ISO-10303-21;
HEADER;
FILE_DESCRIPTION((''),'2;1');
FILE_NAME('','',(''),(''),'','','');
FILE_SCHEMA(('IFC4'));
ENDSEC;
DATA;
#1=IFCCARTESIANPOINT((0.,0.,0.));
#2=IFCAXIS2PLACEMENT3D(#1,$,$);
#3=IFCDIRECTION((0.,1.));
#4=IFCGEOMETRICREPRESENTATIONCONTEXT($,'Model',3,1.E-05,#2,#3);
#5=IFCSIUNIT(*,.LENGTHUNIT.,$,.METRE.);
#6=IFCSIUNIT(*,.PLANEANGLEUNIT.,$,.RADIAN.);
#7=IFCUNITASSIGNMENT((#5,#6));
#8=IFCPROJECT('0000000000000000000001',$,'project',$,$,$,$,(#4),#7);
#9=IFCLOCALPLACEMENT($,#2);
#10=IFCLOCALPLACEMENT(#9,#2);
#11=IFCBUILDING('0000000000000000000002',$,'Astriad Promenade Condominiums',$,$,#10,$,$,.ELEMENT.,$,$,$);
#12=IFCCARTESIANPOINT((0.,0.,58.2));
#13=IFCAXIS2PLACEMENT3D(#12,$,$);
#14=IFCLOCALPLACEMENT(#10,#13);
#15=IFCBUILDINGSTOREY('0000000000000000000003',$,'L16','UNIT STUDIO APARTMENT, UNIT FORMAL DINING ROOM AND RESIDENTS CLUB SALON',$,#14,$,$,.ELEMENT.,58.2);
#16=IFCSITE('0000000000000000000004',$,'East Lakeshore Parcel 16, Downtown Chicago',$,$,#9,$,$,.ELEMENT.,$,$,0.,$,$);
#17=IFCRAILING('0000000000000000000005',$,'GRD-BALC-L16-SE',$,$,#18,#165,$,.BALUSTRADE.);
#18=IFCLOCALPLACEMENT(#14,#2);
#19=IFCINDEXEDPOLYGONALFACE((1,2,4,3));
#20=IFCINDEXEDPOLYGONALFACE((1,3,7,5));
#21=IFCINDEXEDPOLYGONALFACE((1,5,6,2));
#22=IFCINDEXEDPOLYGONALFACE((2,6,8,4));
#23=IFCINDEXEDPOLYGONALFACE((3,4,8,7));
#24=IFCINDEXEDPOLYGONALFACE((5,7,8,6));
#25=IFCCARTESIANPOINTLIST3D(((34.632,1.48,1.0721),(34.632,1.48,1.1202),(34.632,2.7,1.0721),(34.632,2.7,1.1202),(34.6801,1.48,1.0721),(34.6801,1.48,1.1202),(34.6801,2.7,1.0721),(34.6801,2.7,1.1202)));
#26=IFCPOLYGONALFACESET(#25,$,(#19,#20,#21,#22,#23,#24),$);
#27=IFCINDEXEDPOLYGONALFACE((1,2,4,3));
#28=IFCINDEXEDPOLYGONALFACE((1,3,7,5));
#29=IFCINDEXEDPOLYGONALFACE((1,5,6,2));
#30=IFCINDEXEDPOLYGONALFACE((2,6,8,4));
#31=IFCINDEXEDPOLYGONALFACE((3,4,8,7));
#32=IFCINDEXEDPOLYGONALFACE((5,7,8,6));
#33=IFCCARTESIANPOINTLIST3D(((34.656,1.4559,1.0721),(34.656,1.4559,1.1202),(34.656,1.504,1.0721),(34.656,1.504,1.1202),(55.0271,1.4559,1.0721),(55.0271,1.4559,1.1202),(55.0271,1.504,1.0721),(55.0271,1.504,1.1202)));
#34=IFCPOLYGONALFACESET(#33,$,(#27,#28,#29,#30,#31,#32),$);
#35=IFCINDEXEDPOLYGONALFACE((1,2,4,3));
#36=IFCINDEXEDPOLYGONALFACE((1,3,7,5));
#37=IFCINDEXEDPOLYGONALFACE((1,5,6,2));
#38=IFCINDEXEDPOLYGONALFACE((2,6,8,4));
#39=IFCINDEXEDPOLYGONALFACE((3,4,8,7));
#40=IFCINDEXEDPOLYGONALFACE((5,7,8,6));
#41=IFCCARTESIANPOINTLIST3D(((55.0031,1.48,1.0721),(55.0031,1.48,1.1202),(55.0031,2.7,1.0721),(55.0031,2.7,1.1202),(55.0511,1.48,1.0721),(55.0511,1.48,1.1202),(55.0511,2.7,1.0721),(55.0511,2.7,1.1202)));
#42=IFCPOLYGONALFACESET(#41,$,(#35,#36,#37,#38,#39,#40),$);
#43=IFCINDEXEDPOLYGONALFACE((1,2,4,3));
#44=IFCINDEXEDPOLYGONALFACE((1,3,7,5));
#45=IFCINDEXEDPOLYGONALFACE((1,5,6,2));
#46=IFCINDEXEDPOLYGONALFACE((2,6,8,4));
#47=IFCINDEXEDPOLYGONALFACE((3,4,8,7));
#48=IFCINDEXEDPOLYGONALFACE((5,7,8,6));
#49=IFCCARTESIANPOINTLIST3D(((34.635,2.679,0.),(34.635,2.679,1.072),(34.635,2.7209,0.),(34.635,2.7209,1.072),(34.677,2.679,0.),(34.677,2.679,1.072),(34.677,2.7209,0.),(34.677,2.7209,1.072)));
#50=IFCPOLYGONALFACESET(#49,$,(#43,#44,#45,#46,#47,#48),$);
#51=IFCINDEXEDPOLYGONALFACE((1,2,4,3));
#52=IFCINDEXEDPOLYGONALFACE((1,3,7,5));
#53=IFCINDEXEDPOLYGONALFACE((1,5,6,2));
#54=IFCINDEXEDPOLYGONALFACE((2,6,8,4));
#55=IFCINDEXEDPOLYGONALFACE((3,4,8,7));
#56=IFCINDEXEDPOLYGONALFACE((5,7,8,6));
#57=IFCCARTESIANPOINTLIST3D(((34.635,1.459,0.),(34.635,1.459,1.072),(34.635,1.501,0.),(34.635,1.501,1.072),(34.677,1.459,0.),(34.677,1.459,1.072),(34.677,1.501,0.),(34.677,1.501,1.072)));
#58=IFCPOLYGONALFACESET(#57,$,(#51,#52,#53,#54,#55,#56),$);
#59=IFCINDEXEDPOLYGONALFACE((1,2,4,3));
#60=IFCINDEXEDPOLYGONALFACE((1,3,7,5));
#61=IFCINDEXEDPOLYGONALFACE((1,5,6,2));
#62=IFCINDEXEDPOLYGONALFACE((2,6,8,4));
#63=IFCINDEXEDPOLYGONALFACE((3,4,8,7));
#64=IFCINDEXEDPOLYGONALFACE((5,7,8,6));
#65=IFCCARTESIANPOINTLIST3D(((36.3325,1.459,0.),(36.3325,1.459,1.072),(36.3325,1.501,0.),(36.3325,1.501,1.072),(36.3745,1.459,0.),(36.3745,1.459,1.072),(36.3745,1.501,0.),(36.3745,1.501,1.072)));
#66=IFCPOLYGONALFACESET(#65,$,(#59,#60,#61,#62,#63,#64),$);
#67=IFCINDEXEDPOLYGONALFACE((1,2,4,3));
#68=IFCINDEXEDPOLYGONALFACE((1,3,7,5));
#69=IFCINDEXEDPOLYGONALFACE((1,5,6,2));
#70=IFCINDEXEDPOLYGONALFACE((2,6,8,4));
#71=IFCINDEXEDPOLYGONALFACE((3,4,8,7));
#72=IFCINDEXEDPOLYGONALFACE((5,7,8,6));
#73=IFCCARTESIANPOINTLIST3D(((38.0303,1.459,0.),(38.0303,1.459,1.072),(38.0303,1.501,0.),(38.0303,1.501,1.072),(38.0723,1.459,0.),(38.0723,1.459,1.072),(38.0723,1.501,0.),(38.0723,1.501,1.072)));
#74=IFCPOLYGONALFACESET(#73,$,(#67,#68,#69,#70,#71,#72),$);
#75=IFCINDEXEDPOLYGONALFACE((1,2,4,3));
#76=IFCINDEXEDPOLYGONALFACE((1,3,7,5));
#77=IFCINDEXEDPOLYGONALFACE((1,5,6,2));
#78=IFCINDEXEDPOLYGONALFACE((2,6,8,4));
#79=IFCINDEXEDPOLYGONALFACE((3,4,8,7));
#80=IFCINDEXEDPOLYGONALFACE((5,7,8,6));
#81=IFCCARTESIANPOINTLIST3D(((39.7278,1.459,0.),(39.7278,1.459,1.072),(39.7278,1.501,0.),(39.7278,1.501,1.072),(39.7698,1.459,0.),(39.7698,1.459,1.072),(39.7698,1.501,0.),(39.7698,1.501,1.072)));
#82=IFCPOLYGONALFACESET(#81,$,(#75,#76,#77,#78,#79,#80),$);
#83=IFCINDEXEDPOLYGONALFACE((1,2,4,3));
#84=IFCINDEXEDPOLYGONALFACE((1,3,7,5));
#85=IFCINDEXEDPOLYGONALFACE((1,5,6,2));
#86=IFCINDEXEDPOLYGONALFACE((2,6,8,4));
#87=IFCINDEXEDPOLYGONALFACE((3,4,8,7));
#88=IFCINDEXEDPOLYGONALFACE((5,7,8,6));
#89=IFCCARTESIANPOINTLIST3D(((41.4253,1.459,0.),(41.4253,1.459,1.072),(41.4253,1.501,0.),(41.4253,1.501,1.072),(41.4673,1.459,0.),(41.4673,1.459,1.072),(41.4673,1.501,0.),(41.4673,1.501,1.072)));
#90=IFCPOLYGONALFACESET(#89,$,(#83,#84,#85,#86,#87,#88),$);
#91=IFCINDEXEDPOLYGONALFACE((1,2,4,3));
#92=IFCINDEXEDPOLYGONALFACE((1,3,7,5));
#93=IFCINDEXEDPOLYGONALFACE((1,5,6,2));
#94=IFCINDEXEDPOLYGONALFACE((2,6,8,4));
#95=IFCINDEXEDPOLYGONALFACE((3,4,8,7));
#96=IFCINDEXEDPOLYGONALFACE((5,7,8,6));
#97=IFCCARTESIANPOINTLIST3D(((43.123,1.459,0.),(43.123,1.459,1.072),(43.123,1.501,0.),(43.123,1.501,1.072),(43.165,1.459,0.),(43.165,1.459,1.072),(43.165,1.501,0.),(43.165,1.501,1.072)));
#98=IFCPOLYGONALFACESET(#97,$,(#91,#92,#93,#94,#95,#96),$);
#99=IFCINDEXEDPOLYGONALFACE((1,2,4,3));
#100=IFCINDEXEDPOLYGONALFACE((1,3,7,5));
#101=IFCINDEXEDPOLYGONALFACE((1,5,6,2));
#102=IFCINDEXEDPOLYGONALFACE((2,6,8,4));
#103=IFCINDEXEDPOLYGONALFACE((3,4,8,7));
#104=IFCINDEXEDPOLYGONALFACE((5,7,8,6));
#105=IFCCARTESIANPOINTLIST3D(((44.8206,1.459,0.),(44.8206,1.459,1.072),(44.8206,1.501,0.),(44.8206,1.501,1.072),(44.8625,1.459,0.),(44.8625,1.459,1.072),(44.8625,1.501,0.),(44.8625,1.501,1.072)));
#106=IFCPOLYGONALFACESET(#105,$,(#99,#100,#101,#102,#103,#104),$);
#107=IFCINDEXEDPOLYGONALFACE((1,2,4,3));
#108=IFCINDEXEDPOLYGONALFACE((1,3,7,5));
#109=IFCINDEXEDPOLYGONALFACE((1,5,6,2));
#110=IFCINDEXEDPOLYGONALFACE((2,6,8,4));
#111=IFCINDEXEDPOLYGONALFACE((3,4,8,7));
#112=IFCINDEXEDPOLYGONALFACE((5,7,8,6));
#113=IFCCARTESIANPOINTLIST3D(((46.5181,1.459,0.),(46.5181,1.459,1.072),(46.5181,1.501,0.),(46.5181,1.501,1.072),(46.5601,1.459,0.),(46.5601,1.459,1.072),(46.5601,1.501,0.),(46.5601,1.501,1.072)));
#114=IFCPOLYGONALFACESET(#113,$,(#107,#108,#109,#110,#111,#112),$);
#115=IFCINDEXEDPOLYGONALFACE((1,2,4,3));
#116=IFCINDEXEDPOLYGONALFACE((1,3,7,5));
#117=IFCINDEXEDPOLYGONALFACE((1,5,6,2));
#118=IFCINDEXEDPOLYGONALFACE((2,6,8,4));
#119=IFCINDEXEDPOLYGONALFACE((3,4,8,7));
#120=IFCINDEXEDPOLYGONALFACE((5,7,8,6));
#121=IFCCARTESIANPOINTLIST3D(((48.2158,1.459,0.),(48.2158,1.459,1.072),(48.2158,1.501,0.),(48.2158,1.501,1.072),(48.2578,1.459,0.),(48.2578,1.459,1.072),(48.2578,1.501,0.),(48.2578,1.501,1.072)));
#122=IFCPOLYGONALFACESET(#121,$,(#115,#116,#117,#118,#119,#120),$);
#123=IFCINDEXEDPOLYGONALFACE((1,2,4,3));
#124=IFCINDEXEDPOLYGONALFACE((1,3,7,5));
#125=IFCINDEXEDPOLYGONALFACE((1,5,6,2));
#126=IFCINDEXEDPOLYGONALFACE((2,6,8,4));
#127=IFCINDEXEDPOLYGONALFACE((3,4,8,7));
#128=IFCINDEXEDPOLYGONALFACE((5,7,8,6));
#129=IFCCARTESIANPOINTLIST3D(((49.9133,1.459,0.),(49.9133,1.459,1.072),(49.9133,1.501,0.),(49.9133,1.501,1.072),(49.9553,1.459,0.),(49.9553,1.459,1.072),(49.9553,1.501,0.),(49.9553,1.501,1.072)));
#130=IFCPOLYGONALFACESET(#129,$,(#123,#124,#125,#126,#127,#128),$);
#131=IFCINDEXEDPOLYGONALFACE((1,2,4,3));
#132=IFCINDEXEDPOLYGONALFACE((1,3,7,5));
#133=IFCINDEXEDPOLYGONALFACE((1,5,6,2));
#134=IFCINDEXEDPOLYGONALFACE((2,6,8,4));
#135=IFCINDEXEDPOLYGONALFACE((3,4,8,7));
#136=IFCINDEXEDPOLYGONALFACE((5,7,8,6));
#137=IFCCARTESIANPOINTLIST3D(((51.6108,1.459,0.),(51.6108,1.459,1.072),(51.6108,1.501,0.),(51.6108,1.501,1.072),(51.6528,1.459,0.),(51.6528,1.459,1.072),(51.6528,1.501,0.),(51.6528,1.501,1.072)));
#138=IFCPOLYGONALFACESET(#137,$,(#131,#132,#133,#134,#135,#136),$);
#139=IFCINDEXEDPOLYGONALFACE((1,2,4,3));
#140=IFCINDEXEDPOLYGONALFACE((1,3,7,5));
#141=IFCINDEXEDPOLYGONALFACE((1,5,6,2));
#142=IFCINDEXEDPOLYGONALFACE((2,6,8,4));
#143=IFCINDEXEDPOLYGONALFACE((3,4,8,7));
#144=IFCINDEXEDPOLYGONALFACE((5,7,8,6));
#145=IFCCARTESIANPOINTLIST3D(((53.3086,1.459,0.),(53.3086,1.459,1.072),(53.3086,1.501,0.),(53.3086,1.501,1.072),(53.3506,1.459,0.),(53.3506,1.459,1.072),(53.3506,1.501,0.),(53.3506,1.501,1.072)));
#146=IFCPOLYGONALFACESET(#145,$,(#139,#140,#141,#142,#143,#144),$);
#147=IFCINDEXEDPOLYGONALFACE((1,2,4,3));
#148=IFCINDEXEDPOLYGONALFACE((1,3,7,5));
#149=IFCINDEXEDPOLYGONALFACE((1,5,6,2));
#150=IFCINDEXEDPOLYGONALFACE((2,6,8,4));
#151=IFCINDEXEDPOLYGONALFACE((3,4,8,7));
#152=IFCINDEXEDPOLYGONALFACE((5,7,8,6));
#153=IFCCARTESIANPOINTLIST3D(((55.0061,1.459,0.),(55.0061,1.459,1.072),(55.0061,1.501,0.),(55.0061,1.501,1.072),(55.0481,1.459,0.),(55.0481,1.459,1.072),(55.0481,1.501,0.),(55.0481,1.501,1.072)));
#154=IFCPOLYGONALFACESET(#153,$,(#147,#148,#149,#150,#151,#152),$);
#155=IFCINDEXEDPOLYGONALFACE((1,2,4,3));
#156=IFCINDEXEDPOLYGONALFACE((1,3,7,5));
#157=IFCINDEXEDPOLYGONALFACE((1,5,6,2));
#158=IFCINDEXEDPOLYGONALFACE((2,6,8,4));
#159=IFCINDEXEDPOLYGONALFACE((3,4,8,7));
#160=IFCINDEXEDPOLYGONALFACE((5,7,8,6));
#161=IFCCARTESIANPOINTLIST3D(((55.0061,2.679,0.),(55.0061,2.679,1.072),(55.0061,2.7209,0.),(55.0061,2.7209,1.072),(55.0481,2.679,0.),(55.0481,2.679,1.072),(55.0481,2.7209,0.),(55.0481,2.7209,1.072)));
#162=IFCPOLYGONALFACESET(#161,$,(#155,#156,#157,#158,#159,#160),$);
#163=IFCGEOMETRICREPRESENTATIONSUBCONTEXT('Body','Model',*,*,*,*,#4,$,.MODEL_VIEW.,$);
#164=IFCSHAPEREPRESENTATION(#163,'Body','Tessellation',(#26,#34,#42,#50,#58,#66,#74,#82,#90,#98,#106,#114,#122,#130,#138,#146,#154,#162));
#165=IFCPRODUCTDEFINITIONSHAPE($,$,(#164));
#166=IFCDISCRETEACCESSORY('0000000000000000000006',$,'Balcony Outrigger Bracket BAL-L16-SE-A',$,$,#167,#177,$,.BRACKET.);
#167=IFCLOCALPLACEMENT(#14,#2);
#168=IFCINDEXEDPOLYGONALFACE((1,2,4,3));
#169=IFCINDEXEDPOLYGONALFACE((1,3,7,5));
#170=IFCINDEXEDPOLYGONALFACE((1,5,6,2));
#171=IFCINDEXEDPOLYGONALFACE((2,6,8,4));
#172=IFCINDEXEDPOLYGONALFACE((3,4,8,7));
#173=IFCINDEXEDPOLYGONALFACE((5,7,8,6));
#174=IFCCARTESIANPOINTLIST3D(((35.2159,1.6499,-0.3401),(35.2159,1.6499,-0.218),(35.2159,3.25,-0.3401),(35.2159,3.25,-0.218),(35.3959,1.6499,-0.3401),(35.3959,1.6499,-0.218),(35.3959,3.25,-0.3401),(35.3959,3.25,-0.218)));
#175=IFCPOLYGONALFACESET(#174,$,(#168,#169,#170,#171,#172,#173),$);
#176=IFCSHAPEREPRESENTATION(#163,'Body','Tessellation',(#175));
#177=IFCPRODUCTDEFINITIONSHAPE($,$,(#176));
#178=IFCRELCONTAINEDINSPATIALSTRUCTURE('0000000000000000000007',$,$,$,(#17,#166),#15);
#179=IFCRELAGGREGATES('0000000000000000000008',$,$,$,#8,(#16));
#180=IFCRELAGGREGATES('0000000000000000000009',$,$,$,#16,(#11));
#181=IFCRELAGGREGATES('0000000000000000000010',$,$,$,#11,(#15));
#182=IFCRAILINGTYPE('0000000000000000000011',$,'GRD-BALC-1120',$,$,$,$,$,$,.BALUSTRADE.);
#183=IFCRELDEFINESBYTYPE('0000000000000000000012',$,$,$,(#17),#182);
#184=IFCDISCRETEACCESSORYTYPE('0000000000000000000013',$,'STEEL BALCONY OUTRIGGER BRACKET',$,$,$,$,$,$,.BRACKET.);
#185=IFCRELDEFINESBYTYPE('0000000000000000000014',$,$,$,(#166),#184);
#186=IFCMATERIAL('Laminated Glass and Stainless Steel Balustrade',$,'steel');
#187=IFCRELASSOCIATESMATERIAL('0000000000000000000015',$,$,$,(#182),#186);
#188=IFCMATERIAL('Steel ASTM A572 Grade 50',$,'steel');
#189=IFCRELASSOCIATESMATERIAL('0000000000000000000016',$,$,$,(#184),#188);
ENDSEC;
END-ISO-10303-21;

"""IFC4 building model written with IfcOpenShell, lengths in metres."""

from ifc_helpers import new_model, si_unit, direction, frame, origin, origin_2d, place, context, subcontext, project, spatial, rectangle, extrude, source, transform, mapped, material, type_object, type_shapes, element, save


model = new_model("IFC4")

# Units and contexts
model_context = context("Model", 3, precision=1e-05, world=origin(), true_north=direction((0.0, 1.0)))
body_context = subcontext(model_context, "Body", "Model", "MODEL_VIEW")
ifc_project = project(units=[si_unit("LENGTHUNIT", "METRE"), si_unit("PLANEANGLEUNIT", "RADIAN")], contexts=[model_context])

# Site, building, storey
site_placement = place(None, origin())
site = spatial("IfcSite", under=ifc_project, at=site_placement, Name="East Lakeshore Parcel 16, Downtown Chicago", CompositionType="ELEMENT", RefElevation=0.0)
building_placement = place(site_placement, origin())
building = spatial("IfcBuilding", under=site, at=building_placement, Name="Astriad Promenade Condominiums", CompositionType="ELEMENT")
storey_placement = place(building_placement, frame((0.0, 0.0, 58.2)))
storey = spatial("IfcBuildingStorey", under=building, at=storey_placement, Name="L16", Description="UNIT STUDIO APARTMENT, UNIT FORMAL DINING ROOM AND RESIDENTS CLUB SALON", CompositionType="ELEMENT", Elevation=58.2)

# Railing
ifc_material_1 = material(Name="Laminated Glass and Stainless Steel Balustrade", Category="steel")
railing_type = type_object("IfcRailingType", Name="GRD-BALC-1120", PredefinedType="BALUSTRADE", material=ifc_material_1)
shared_shape_1 = source(origin(), body_context, "Body", "SweptSolid", [
    extrude(rectangle(XDim=0.0481, YDim=0.0481, at=origin_2d()), frame((0.0, 0.0, 1.0962), z_axis=(0.0, -1.0, 0.0), x_axis=(1.0, 0.0, 0.0)), (0.0, 0.0, 1.0), 1.22),
    extrude(rectangle(XDim=0.0481, YDim=0.0481, at=origin_2d()), frame((0.0, -1.22, 1.0962), z_axis=(1.0, 0.0, 0.0), x_axis=(0.0, 1.0, 0.0)), (0.0, 0.0, 1.0), 20.3711),
    extrude(rectangle(XDim=0.0481, YDim=0.0481, at=origin_2d()), frame((20.3711, -1.22, 1.0962), z_axis=(0.0, 1.0, 0.0), x_axis=(-1.0, 0.0, 0.0)), (0.0, 0.0, 1.0), 1.22),
    extrude(rectangle(XDim=0.042, YDim=0.042, at=origin_2d()), origin(), (0.0, 0.0, 1.0), 1.072),
    extrude(rectangle(XDim=0.042, YDim=0.042, at=origin_2d()), frame((0.0, -1.22, 0.0)), (0.0, 0.0, 1.0), 1.072),
    extrude(rectangle(XDim=0.042, YDim=0.042, at=origin_2d()), frame((1.6975, -1.22, 0.0)), (0.0, 0.0, 1.0), 1.072),
    extrude(rectangle(XDim=0.042, YDim=0.042, at=origin_2d()), frame((3.3953, -1.22, 0.0)), (0.0, 0.0, 1.0), 1.072),
    extrude(rectangle(XDim=0.042, YDim=0.042, at=origin_2d()), frame((5.0928, -1.22, 0.0)), (0.0, 0.0, 1.0), 1.072),
    extrude(rectangle(XDim=0.042, YDim=0.042, at=origin_2d()), frame((6.7903, -1.22, 0.0)), (0.0, 0.0, 1.0), 1.072),
    extrude(rectangle(XDim=0.042, YDim=0.042, at=origin_2d()), frame((8.488, -1.22, 0.0)), (0.0, 0.0, 1.0), 1.072),
    extrude(rectangle(XDim=0.042, YDim=0.042, at=origin_2d()), frame((10.1855, -1.22, 0.0)), (0.0, 0.0, 1.0), 1.072),
    extrude(rectangle(XDim=0.042, YDim=0.042, at=origin_2d()), frame((11.8831, -1.22, 0.0)), (0.0, 0.0, 1.0), 1.072),
    extrude(rectangle(XDim=0.042, YDim=0.042, at=origin_2d()), frame((13.5808, -1.22, 0.0)), (0.0, 0.0, 1.0), 1.072),
    extrude(rectangle(XDim=0.042, YDim=0.042, at=origin_2d()), frame((15.2783, -1.22, 0.0)), (0.0, 0.0, 1.0), 1.072),
    extrude(rectangle(XDim=0.042, YDim=0.042, at=origin_2d()), frame((16.9758, -1.22, 0.0)), (0.0, 0.0, 1.0), 1.072),
    extrude(rectangle(XDim=0.042, YDim=0.042, at=origin_2d()), frame((18.6736, -1.22, 0.0)), (0.0, 0.0, 1.0), 1.072),
    extrude(rectangle(XDim=0.042, YDim=0.042, at=origin_2d()), frame((20.3711, -1.22, 0.0)), (0.0, 0.0, 1.0), 1.072),
    extrude(rectangle(XDim=0.042, YDim=0.042, at=origin_2d()), frame((20.3711, 0.0, 0.0)), (0.0, 0.0, 1.0), 1.072),
])
type_shapes(railing_type, [shared_shape_1])
railing_placement = place(storey_placement, frame((34.656, 2.7, 0.0)))
element("IfcRailing", 1, at=railing_placement, inside=storey, type_object=railing_type, Name="GRD-BALC-L16-SE", PredefinedType="BALUSTRADE", context=body_context, shape_type="MappedRepresentation", body=[
    mapped(shared_shape_1, transform((0.0, 0.0, 0.0), scale=1.0)),
])

# Discrete accessory
ifc_material_2 = material(Name="Steel ASTM A572 Grade 50", Category="steel")
discrete_accessory_type = type_object("IfcDiscreteAccessoryType", Name="STEEL BALCONY OUTRIGGER BRACKET", PredefinedType="BRACKET", material=ifc_material_2)
shared_shape_2 = source(origin(), body_context, "Body", "SweptSolid", [
    extrude(rectangle(XDim=1.6001, YDim=0.1799, at=origin_2d()), origin(), (0.0, 0.0, 1.0), 0.1221),
])
type_shapes(discrete_accessory_type, [shared_shape_2])
discrete_accessory_placement = place(storey_placement, frame((35.3059, 2.45, -0.3401), z_axis=(0.0, 0.0, 1.0), x_axis=(0.0, -1.0, 0.0)))
element("IfcDiscreteAccessory", 2, at=discrete_accessory_placement, inside=storey, type_object=discrete_accessory_type, Name="Balcony Outrigger Bracket BAL-L16-SE-A", PredefinedType="BRACKET", context=body_context, shape_type="MappedRepresentation", body=[
    mapped(shared_shape_2, transform((0.0, 0.0, 0.0), scale=1.0)),
])

save(model, "model.ifc")
